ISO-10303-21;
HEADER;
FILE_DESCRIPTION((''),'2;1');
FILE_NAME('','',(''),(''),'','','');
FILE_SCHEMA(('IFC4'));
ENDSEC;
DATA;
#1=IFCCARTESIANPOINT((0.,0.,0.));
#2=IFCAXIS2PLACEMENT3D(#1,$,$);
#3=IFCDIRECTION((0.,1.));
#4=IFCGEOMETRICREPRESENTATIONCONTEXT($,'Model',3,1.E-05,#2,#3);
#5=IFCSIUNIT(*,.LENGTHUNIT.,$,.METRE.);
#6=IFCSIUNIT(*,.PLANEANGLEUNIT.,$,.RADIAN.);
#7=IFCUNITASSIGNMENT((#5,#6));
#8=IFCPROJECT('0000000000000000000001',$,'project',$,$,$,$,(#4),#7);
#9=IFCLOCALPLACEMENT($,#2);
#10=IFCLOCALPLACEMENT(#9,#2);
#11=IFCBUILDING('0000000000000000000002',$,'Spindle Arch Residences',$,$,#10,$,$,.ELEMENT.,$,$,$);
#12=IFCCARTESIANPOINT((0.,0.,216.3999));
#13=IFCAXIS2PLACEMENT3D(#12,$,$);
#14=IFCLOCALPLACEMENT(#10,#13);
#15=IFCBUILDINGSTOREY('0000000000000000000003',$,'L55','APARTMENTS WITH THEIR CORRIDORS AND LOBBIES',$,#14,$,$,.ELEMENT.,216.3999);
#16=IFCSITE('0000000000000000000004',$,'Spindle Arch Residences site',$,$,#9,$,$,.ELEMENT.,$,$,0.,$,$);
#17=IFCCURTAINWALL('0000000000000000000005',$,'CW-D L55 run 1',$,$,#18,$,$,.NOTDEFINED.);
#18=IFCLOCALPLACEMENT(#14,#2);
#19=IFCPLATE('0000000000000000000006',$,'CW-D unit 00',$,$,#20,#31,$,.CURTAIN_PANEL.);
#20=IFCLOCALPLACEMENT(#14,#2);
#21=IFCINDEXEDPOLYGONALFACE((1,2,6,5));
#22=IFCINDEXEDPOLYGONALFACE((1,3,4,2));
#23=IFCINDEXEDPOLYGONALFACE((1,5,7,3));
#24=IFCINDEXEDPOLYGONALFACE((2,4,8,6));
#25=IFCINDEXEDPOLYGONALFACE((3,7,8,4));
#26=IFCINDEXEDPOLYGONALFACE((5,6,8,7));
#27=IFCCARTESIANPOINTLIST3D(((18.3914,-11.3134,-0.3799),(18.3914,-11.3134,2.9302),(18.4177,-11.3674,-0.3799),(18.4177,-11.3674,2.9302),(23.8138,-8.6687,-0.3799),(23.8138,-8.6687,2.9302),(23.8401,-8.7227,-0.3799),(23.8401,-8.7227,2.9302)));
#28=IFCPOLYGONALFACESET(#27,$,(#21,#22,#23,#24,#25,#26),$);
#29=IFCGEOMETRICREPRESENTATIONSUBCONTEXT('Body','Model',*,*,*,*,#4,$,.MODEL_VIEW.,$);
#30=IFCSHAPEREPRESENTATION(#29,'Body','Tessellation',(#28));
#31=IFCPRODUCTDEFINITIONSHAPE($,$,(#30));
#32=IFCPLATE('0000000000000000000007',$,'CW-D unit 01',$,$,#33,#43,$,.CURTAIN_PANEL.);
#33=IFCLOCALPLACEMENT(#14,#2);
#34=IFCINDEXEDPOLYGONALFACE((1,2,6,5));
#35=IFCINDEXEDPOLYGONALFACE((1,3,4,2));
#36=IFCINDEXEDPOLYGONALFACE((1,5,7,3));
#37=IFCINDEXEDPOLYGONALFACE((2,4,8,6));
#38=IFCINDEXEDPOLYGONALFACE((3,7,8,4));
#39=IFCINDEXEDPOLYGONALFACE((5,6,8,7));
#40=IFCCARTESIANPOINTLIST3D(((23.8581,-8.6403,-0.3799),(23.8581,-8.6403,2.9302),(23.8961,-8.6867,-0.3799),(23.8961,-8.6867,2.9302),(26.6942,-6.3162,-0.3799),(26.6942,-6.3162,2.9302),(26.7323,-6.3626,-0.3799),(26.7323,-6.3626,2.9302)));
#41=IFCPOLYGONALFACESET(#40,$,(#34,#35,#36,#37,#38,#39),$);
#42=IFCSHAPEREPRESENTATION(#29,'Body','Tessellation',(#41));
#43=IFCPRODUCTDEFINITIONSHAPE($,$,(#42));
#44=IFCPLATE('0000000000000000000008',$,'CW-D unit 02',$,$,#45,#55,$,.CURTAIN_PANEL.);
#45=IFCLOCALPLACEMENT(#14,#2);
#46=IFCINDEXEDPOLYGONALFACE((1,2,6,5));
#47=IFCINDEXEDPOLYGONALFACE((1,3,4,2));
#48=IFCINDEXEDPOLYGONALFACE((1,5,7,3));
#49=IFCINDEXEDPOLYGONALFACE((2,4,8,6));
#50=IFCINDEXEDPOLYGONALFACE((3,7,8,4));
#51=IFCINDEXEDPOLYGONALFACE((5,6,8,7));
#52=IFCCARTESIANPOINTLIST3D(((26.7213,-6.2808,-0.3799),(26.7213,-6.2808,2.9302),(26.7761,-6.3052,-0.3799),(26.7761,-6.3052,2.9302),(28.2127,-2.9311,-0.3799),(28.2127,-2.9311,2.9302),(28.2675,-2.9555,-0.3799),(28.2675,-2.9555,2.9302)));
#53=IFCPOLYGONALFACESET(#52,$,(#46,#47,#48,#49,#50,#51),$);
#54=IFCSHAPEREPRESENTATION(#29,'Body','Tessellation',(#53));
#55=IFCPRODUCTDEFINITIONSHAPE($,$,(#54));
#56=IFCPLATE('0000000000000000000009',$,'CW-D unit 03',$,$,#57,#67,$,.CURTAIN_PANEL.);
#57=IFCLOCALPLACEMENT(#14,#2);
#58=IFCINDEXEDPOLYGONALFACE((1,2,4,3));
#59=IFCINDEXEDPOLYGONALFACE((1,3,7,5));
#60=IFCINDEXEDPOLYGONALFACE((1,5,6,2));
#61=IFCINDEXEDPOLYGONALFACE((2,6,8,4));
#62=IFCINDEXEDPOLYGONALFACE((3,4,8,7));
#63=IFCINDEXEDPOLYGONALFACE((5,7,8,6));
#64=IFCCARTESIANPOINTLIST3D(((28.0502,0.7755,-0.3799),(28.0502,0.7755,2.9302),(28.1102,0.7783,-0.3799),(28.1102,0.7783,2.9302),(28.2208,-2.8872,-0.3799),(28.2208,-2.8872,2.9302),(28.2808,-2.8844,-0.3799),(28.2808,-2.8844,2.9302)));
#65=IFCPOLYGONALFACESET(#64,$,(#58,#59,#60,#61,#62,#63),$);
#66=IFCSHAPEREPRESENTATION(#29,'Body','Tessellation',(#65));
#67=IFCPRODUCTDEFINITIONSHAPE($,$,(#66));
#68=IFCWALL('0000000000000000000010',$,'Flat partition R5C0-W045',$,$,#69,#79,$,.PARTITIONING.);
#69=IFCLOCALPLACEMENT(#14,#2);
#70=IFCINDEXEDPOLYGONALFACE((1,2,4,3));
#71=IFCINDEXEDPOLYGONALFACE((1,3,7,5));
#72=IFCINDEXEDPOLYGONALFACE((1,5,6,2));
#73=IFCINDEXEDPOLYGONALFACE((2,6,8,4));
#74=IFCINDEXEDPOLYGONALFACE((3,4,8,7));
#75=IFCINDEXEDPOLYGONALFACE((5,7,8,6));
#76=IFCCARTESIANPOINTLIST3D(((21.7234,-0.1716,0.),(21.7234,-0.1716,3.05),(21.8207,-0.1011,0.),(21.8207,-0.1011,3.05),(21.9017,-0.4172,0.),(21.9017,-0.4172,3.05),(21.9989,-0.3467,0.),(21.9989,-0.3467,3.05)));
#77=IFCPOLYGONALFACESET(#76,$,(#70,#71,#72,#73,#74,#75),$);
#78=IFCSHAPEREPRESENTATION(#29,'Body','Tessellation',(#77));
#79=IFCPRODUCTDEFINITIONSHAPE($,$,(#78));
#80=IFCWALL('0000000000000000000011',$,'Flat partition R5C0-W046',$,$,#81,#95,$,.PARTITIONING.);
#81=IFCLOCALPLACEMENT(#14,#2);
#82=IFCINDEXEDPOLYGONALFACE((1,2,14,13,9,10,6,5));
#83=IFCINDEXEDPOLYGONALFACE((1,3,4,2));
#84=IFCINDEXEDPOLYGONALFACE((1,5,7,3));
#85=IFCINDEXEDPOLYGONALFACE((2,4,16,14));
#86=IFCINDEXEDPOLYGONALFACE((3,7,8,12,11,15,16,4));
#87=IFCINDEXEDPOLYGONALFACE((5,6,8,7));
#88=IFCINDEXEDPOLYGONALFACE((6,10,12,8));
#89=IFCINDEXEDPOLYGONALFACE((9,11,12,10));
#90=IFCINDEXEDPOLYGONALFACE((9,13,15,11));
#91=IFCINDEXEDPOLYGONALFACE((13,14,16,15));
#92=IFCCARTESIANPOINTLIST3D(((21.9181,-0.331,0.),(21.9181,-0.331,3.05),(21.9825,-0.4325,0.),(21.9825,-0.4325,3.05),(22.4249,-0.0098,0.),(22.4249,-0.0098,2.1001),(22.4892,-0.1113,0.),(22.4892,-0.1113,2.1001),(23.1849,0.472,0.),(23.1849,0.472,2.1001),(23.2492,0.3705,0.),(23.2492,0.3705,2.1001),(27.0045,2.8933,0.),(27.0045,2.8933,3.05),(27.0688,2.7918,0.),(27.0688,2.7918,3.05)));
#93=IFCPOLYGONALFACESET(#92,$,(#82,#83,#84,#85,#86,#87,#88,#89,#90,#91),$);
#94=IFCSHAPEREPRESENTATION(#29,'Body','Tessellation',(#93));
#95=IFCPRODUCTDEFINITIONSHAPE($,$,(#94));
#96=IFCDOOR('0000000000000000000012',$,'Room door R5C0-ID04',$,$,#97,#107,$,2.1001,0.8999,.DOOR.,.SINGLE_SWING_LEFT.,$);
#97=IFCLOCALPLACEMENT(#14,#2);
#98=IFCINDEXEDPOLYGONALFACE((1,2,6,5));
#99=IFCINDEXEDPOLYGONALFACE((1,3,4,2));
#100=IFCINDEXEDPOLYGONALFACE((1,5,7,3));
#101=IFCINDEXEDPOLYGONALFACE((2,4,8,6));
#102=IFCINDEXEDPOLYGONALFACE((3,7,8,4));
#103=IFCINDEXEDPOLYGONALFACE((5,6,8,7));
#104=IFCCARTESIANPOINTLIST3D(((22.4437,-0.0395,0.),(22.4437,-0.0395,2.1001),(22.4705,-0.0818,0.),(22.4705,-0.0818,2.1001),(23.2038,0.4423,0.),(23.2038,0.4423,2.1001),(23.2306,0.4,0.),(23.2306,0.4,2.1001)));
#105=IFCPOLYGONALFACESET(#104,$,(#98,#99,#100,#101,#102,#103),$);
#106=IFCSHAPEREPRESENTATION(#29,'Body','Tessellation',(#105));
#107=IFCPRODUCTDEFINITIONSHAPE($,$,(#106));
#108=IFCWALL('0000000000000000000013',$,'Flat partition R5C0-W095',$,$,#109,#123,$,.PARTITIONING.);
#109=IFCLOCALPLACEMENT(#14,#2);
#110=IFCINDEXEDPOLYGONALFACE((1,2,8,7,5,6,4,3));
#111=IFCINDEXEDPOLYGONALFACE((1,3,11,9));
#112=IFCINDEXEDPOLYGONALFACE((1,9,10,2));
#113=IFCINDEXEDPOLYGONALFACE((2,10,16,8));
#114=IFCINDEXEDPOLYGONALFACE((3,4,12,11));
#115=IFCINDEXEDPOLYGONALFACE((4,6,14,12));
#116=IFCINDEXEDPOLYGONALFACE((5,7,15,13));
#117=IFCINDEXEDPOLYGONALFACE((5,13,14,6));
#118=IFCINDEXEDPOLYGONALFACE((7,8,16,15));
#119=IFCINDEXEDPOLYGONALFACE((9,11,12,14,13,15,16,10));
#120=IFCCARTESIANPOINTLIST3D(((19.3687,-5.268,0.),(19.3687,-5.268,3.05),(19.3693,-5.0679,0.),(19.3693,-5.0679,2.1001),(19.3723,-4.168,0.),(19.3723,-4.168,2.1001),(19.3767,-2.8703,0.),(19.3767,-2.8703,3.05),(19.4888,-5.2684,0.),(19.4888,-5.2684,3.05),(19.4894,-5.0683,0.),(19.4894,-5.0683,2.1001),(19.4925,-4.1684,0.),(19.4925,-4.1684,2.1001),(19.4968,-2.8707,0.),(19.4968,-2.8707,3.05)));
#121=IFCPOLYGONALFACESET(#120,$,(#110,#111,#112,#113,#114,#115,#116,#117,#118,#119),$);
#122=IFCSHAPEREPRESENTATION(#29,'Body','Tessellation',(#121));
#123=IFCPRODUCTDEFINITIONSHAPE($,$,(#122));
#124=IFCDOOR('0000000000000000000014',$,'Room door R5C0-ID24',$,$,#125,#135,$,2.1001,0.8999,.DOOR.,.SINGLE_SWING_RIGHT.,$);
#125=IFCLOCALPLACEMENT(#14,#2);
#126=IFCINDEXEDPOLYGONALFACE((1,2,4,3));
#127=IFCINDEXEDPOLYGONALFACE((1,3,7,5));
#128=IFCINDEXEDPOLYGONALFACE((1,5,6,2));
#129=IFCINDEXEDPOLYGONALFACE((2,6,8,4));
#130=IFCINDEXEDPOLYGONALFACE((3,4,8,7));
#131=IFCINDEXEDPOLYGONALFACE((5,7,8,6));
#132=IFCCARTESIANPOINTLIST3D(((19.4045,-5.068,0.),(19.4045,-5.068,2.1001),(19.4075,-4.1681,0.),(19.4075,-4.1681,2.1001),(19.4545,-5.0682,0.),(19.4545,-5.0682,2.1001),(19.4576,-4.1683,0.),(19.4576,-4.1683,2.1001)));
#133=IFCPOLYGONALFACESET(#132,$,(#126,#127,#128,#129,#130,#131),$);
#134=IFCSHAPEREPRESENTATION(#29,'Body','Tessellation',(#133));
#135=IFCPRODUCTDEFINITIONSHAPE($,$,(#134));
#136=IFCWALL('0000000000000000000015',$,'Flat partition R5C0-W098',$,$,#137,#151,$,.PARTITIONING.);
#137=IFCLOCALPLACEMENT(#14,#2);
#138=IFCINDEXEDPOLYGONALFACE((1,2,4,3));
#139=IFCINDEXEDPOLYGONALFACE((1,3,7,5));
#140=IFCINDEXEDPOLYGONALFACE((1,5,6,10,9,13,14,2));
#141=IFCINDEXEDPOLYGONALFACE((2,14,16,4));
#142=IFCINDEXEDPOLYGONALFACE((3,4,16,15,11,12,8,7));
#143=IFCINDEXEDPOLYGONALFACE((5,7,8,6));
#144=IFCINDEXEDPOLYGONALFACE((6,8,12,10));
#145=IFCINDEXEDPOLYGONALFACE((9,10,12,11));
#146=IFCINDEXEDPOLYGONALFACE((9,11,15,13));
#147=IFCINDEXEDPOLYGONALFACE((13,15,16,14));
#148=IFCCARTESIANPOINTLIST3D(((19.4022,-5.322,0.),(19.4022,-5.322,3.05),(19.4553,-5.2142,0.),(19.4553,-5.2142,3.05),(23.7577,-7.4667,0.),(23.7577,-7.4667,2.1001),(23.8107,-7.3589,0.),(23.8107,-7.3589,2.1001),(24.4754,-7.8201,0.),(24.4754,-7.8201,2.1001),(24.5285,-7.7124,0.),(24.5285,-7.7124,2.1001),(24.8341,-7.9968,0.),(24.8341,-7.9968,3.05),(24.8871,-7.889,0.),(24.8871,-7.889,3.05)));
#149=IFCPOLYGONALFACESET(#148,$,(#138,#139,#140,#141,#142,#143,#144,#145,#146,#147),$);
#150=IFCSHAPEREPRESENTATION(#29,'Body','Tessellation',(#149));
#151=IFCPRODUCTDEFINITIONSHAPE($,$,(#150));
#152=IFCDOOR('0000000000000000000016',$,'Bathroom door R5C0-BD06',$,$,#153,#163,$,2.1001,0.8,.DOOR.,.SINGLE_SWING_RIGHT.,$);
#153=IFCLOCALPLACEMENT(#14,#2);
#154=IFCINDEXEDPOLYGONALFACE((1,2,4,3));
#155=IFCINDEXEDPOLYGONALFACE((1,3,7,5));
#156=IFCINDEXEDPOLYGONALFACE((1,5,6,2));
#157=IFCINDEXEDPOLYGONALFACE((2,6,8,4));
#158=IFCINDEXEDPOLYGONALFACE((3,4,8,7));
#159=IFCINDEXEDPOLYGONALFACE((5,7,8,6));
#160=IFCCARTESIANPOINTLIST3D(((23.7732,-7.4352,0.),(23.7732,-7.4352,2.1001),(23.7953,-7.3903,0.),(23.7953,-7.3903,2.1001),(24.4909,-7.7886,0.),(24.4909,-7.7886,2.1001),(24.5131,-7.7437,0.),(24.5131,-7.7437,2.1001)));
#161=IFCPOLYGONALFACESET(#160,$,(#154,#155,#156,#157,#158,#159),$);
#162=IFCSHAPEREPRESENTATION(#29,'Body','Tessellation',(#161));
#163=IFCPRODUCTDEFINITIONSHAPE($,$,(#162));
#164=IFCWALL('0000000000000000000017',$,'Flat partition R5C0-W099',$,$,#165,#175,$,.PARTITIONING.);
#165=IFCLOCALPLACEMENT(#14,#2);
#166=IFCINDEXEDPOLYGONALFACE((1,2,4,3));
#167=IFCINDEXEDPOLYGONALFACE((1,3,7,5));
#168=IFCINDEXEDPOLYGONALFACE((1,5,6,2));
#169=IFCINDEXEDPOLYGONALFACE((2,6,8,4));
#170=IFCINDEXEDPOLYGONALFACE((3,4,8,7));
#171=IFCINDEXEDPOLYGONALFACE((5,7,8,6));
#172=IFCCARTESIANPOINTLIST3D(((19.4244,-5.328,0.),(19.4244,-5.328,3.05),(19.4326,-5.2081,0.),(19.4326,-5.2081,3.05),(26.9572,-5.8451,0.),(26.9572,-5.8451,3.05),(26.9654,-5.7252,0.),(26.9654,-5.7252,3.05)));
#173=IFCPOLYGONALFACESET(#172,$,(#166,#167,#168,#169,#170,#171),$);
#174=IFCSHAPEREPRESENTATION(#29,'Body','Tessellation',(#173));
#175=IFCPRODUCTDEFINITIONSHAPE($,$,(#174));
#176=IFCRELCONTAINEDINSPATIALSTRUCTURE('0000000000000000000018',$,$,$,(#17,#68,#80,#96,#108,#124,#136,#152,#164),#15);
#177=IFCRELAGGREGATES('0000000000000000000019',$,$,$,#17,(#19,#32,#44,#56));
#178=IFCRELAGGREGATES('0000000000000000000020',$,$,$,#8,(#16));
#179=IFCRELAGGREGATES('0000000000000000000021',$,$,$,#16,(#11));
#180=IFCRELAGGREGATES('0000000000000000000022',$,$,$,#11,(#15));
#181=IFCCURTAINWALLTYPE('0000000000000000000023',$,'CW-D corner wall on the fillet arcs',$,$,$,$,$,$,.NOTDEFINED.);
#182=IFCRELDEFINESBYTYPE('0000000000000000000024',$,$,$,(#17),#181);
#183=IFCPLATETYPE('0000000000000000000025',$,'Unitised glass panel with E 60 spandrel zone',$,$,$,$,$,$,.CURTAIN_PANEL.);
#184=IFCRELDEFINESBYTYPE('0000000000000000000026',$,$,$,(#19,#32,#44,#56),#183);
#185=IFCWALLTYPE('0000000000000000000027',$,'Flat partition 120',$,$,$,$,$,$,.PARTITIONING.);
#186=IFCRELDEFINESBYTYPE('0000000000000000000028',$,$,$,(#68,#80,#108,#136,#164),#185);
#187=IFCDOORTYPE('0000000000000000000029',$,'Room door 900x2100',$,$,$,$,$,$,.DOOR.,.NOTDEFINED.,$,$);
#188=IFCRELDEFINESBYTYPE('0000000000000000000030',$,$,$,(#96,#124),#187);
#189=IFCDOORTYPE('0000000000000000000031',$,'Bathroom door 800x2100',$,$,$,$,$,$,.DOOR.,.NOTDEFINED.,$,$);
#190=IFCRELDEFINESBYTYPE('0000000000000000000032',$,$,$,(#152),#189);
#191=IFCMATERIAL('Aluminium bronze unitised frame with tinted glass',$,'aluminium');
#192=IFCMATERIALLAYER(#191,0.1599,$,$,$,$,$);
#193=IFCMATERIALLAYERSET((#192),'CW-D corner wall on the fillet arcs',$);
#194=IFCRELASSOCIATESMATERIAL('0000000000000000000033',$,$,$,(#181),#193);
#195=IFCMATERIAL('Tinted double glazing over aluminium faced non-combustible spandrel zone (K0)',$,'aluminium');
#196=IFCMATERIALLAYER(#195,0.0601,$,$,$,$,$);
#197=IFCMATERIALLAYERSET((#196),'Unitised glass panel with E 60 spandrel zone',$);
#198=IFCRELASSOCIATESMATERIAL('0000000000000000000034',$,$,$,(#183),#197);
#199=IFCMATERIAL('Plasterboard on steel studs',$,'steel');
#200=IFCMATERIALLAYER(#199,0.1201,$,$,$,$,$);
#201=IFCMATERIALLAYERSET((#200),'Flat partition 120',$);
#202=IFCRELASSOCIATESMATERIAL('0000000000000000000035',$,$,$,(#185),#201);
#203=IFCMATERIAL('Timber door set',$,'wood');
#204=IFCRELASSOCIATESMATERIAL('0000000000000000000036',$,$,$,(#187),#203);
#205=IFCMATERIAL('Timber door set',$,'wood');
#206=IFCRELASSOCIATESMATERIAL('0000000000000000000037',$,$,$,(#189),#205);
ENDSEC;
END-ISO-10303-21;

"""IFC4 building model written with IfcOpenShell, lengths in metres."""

from ifc_helpers import new_model, si_unit, direction, frame, frame_2d, origin, origin_2d, place, context, subcontext, project, spatial, rectangle, extrude, material, layer, layer_set, type_object, element, fill, aggregate, save


model = new_model("IFC4")

# Units and contexts
model_context = context("Model", 3, precision=1e-05, world=origin(), true_north=direction((0.0, 1.0)))
body_context = subcontext(model_context, "Body", "Model", "MODEL_VIEW")
ifc_project = project(units=[si_unit("LENGTHUNIT", "METRE"), si_unit("PLANEANGLEUNIT", "RADIAN")], contexts=[model_context])

# Site, building, storey
site_placement = place(None, origin())
site = spatial("IfcSite", under=ifc_project, at=site_placement, Name="Spindle Arch Residences site", CompositionType="ELEMENT", RefElevation=0.0)
building_placement = place(site_placement, origin())
building = spatial("IfcBuilding", under=site, at=building_placement, Name="Spindle Arch Residences", CompositionType="ELEMENT")
storey_placement = place(building_placement, frame((0.0, 0.0, 216.3999)))
storey = spatial("IfcBuildingStorey", under=building, at=storey_placement, Name="L55", Description="APARTMENTS WITH THEIR CORRIDORS AND LOBBIES", CompositionType="ELEMENT", Elevation=216.3999)

# Curtain wall
ifc_material_1 = material(Name="Aluminium bronze unitised frame with tinted glass", Category="aluminium")
ifc_layer_1 = layer(ifc_material_1, 0.1599)
ifc_layer_set_1 = layer_set([ifc_layer_1], Name="CW-D corner wall on the fillet arcs")
curtain_wall_type = type_object("IfcCurtainWallType", Name="CW-D corner wall on the fillet arcs", PredefinedType="NOTDEFINED", material=ifc_layer_set_1)
curtain_wall_placement = place(storey_placement, origin())
curtain_wall = element("IfcCurtainWall", 1, at=curtain_wall_placement, inside=storey, type_object=curtain_wall_type, Name="CW-D L55 run 1", PredefinedType="NOTDEFINED")

# Plates
ifc_material_2 = material(Name="Tinted double glazing over aluminium faced non-combustible spandrel zone (K0)", Category="aluminium")
ifc_layer_2 = layer(ifc_material_2, 0.0601)
ifc_layer_set_2 = layer_set([ifc_layer_2], Name="Unitised glass panel with E 60 spandrel zone")
plate_type = type_object("IfcPlateType", Name="Unitised glass panel with E 60 spandrel zone", PredefinedType="CURTAIN_PANEL", material=ifc_layer_set_2)
plate_1_placement = place(storey_placement, frame((21.1157, -10.0181, -0.3799), z_axis=(0.0, 0.0, 1.0), x_axis=(0.898794, 0.438371, 0.0)))
plate_1 = element("IfcPlate", 2, at=plate_1_placement, type_object=plate_type, Name="CW-D unit 00", PredefinedType="CURTAIN_PANEL", context=body_context, shape_type="SweptSolid", body=[
    extrude(rectangle(XDim=6.033, YDim=0.0601, at=origin_2d()), origin(), (0.0, 0.0, 1.0), 3.3101),
])
plate_2_placement = place(storey_placement, frame((25.2952, -7.5015, -0.3799), z_axis=(0.0, 0.0, 1.0), x_axis=(0.773472, 0.633831, 0.0)))
plate_2 = element("IfcPlate", 3, at=plate_2_placement, type_object=plate_type, Name="CW-D unit 01", PredefinedType="CURTAIN_PANEL", context=body_context, shape_type="SweptSolid", body=[
    extrude(rectangle(XDim=3.6667, YDim=0.0601, at=origin_2d()), origin(), (0.0, 0.0, 1.0), 3.3101),
])
plate_3_placement = place(storey_placement, frame((27.4944, -4.6182, -0.3799), z_axis=(0.0, 0.0, 1.0), x_axis=(0.406737, 0.913545, 0.0)))
plate_3 = element("IfcPlate", 4, at=plate_3_placement, type_object=plate_type, Name="CW-D unit 02", PredefinedType="CURTAIN_PANEL", context=body_context, shape_type="SweptSolid", body=[
    extrude(rectangle(XDim=3.6667, YDim=0.0601, at=origin_2d()), origin(), (0.0, 0.0, 1.0), 3.3101),
])
plate_4_placement = place(storey_placement, frame((28.1655, -1.0544, -0.3799), z_axis=(0.0, 0.0, 1.0), x_axis=(-0.046525, 0.998917, 0.0)))
plate_4 = element("IfcPlate", 5, at=plate_4_placement, type_object=plate_type, Name="CW-D unit 03", PredefinedType="CURTAIN_PANEL", context=body_context, shape_type="SweptSolid", body=[
    extrude(rectangle(XDim=3.6667, YDim=0.0601, at=origin_2d()), origin(), (0.0, 0.0, 1.0), 3.3101),
])
aggregate(curtain_wall, [plate_1, plate_2, plate_3, plate_4])

# Wall
ifc_material_3 = material(Name="Plasterboard on steel studs", Category="steel")
ifc_layer_3 = layer(ifc_material_3, 0.1201)
ifc_layer_set_3 = layer_set([ifc_layer_3], Name="Flat partition 120")
wall_type_1 = type_object("IfcWallType", Name="Flat partition 120", PredefinedType="PARTITIONING", material=ifc_layer_set_3)
wall_1_placement = place(storey_placement, frame((21.772, -0.1362, 0.0), z_axis=(0.0, 0.0, 1.0), x_axis=(0.58731, -0.809362, 0.0)))
element("IfcWall", 6, at=wall_1_placement, inside=storey, type_object=wall_type_1, Name="Flat partition R5C0-W045", PredefinedType="PARTITIONING", context=body_context, shape_type="SweptSolid", body=[
    extrude(rectangle(XDim=0.3035, YDim=0.1201, at=frame_2d((0.1519, 0.0))), origin(), (0.0, 0.0, 1.0), 3.05),
])

# Walls, openings, doors
wall_2_placement = place(storey_placement, frame((21.9502, -0.3818, 0.0), z_axis=(0.0, 0.0, 1.0), x_axis=(0.844597, 0.535403, 0.0)))
wall_2 = element("IfcWall", 7, at=wall_2_placement, inside=storey, type_object=wall_type_1, Name="Flat partition R5C0-W046", PredefinedType="PARTITIONING", context=body_context, shape_type="SweptSolid", body=[
    extrude(rectangle(XDim=6.0222, YDim=0.1201, at=frame_2d((3.0112, 0.0))), origin(), (0.0, 0.0, 1.0), 3.05),
])
opening_1_placement = place(wall_2_placement, frame((0.6001, 0.0, 0.0)))
opening_1 = element("IfcOpeningElement", 8, at=opening_1_placement, cuts=wall_2, PredefinedType="OPENING", context=body_context, shape_type="SweptSolid", body=[
    extrude(rectangle(XDim=0.8999, YDim=2.1001, at=frame_2d((0.45, 1.05))), frame((0.0, 0.0701, 0.0), z_axis=(0.0, -1.0, 0.0), x_axis=(1.0, 0.0, 0.0)), (0.0, 0.0, 1.0), 0.1401),
])
ifc_material_4 = material(Name="Timber door set", Category="wood")
door_type_1 = type_object("IfcDoorType", Name="Room door 900x2100", OperationType="NOTDEFINED", PredefinedType="DOOR", material=ifc_material_4)
door_1_placement = place(opening_1_placement, origin())
door_1 = element("IfcDoor", 9, at=door_1_placement, inside=storey, type_object=door_type_1, Name="Room door R5C0-ID04", OperationType="SINGLE_SWING_LEFT", OverallHeight=2.1001, OverallWidth=0.8999, PredefinedType="DOOR", context=body_context, shape_type="SweptSolid", body=[
    extrude(rectangle(XDim=0.8999, YDim=2.1001, at=frame_2d((0.45, 1.05))), frame((0.0, 0.0249, 0.0), z_axis=(0.0, -1.0, 0.0), x_axis=(1.0, 0.0, 0.0)), (0.0, 0.0, 1.0), 0.05),
])
fill(opening_1, door_1)
wall_3_placement = place(storey_placement, frame((19.4287, -5.2681, 0.0), z_axis=(0.0, 0.0, 1.0), x_axis=(0.00336, 0.999994, 0.0)))
wall_3 = element("IfcWall", 10, at=wall_3_placement, inside=storey, type_object=wall_type_1, Name="Flat partition R5C0-W095", PredefinedType="PARTITIONING", context=body_context, shape_type="SweptSolid", body=[
    extrude(rectangle(XDim=2.3977, YDim=0.1201, at=frame_2d((1.1987, 0.0))), origin(), (0.0, 0.0, 1.0), 3.05),
])
opening_2_placement = place(wall_3_placement, frame((0.2, 0.0, 0.0)))
opening_2 = element("IfcOpeningElement", 11, at=opening_2_placement, cuts=wall_3, PredefinedType="OPENING", context=body_context, shape_type="SweptSolid", body=[
    extrude(rectangle(XDim=0.8999, YDim=2.1001, at=frame_2d((0.45, 1.05))), frame((0.0, 0.0701, 0.0), z_axis=(0.0, -1.0, 0.0), x_axis=(1.0, 0.0, 0.0)), (0.0, 0.0, 1.0), 0.1401),
])
door_2_placement = place(opening_2_placement, origin())
door_2 = element("IfcDoor", 12, at=door_2_placement, inside=storey, type_object=door_type_1, Name="Room door R5C0-ID24", OperationType="SINGLE_SWING_RIGHT", OverallHeight=2.1001, OverallWidth=0.8999, PredefinedType="DOOR", context=body_context, shape_type="SweptSolid", body=[
    extrude(rectangle(XDim=0.8999, YDim=2.1001, at=frame_2d((0.45, 1.05))), frame((0.0, 0.0249, 0.0), z_axis=(0.0, -1.0, 0.0), x_axis=(1.0, 0.0, 0.0)), (0.0, 0.0, 1.0), 0.05),
])
fill(opening_2, door_2)
wall_4_placement = place(storey_placement, frame((24.8606, -7.9429, 0.0), z_axis=(0.0, 0.0, 1.0), x_axis=(-0.897128, 0.44177, 0.0)))
wall_4 = element("IfcWall", 13, at=wall_4_placement, inside=storey, type_object=wall_type_1, Name="Flat partition R5C0-W098", PredefinedType="PARTITIONING", context=body_context, shape_type="SweptSolid", body=[
    extrude(rectangle(XDim=6.0547, YDim=0.1201, at=frame_2d((3.0273, 0.0))), origin(), (0.0, 0.0, 1.0), 3.05),
])
opening_3_placement = place(wall_4_placement, frame((0.3999, 0.0, 0.0)))
opening_3 = element("IfcOpeningElement", 14, at=opening_3_placement, cuts=wall_4, PredefinedType="OPENING", context=body_context, shape_type="SweptSolid", body=[
    extrude(rectangle(XDim=0.8, YDim=2.1001, at=frame_2d((0.3999, 1.05))), frame((0.0, 0.0701, 0.0), z_axis=(0.0, -1.0, 0.0), x_axis=(1.0, 0.0, 0.0)), (0.0, 0.0, 1.0), 0.1401),
])
ifc_material_5 = material(Name="Timber door set", Category="wood")
door_type_2 = type_object("IfcDoorType", Name="Bathroom door 800x2100", OperationType="NOTDEFINED", PredefinedType="DOOR", material=ifc_material_5)
door_3_placement = place(opening_3_placement, origin())
door_3 = element("IfcDoor", 15, at=door_3_placement, inside=storey, type_object=door_type_2, Name="Bathroom door R5C0-BD06", OperationType="SINGLE_SWING_RIGHT", OverallHeight=2.1001, OverallWidth=0.8, PredefinedType="DOOR", context=body_context, shape_type="SweptSolid", body=[
    extrude(rectangle(XDim=0.8, YDim=2.1001, at=frame_2d((0.3999, 1.05))), frame((0.0, 0.0249, 0.0), z_axis=(0.0, -1.0, 0.0), x_axis=(1.0, 0.0, 0.0)), (0.0, 0.0, 1.0), 0.05),
])
fill(opening_3, door_3)

# Wall
wall_5_placement = place(storey_placement, frame((26.9614, -5.7852, 0.0), z_axis=(0.0, 0.0, 1.0), x_axis=(-0.997652, 0.068485, 0.0)))
element("IfcWall", 16, at=wall_5_placement, inside=storey, type_object=wall_type_1, Name="Flat partition R5C0-W099", PredefinedType="PARTITIONING", context=body_context, shape_type="SweptSolid", body=[
    extrude(rectangle(XDim=7.5505, YDim=0.1201, at=frame_2d((3.7754, 0.0))), origin(), (0.0, 0.0, 1.0), 3.05),
])

save(model, "model.ifc")
